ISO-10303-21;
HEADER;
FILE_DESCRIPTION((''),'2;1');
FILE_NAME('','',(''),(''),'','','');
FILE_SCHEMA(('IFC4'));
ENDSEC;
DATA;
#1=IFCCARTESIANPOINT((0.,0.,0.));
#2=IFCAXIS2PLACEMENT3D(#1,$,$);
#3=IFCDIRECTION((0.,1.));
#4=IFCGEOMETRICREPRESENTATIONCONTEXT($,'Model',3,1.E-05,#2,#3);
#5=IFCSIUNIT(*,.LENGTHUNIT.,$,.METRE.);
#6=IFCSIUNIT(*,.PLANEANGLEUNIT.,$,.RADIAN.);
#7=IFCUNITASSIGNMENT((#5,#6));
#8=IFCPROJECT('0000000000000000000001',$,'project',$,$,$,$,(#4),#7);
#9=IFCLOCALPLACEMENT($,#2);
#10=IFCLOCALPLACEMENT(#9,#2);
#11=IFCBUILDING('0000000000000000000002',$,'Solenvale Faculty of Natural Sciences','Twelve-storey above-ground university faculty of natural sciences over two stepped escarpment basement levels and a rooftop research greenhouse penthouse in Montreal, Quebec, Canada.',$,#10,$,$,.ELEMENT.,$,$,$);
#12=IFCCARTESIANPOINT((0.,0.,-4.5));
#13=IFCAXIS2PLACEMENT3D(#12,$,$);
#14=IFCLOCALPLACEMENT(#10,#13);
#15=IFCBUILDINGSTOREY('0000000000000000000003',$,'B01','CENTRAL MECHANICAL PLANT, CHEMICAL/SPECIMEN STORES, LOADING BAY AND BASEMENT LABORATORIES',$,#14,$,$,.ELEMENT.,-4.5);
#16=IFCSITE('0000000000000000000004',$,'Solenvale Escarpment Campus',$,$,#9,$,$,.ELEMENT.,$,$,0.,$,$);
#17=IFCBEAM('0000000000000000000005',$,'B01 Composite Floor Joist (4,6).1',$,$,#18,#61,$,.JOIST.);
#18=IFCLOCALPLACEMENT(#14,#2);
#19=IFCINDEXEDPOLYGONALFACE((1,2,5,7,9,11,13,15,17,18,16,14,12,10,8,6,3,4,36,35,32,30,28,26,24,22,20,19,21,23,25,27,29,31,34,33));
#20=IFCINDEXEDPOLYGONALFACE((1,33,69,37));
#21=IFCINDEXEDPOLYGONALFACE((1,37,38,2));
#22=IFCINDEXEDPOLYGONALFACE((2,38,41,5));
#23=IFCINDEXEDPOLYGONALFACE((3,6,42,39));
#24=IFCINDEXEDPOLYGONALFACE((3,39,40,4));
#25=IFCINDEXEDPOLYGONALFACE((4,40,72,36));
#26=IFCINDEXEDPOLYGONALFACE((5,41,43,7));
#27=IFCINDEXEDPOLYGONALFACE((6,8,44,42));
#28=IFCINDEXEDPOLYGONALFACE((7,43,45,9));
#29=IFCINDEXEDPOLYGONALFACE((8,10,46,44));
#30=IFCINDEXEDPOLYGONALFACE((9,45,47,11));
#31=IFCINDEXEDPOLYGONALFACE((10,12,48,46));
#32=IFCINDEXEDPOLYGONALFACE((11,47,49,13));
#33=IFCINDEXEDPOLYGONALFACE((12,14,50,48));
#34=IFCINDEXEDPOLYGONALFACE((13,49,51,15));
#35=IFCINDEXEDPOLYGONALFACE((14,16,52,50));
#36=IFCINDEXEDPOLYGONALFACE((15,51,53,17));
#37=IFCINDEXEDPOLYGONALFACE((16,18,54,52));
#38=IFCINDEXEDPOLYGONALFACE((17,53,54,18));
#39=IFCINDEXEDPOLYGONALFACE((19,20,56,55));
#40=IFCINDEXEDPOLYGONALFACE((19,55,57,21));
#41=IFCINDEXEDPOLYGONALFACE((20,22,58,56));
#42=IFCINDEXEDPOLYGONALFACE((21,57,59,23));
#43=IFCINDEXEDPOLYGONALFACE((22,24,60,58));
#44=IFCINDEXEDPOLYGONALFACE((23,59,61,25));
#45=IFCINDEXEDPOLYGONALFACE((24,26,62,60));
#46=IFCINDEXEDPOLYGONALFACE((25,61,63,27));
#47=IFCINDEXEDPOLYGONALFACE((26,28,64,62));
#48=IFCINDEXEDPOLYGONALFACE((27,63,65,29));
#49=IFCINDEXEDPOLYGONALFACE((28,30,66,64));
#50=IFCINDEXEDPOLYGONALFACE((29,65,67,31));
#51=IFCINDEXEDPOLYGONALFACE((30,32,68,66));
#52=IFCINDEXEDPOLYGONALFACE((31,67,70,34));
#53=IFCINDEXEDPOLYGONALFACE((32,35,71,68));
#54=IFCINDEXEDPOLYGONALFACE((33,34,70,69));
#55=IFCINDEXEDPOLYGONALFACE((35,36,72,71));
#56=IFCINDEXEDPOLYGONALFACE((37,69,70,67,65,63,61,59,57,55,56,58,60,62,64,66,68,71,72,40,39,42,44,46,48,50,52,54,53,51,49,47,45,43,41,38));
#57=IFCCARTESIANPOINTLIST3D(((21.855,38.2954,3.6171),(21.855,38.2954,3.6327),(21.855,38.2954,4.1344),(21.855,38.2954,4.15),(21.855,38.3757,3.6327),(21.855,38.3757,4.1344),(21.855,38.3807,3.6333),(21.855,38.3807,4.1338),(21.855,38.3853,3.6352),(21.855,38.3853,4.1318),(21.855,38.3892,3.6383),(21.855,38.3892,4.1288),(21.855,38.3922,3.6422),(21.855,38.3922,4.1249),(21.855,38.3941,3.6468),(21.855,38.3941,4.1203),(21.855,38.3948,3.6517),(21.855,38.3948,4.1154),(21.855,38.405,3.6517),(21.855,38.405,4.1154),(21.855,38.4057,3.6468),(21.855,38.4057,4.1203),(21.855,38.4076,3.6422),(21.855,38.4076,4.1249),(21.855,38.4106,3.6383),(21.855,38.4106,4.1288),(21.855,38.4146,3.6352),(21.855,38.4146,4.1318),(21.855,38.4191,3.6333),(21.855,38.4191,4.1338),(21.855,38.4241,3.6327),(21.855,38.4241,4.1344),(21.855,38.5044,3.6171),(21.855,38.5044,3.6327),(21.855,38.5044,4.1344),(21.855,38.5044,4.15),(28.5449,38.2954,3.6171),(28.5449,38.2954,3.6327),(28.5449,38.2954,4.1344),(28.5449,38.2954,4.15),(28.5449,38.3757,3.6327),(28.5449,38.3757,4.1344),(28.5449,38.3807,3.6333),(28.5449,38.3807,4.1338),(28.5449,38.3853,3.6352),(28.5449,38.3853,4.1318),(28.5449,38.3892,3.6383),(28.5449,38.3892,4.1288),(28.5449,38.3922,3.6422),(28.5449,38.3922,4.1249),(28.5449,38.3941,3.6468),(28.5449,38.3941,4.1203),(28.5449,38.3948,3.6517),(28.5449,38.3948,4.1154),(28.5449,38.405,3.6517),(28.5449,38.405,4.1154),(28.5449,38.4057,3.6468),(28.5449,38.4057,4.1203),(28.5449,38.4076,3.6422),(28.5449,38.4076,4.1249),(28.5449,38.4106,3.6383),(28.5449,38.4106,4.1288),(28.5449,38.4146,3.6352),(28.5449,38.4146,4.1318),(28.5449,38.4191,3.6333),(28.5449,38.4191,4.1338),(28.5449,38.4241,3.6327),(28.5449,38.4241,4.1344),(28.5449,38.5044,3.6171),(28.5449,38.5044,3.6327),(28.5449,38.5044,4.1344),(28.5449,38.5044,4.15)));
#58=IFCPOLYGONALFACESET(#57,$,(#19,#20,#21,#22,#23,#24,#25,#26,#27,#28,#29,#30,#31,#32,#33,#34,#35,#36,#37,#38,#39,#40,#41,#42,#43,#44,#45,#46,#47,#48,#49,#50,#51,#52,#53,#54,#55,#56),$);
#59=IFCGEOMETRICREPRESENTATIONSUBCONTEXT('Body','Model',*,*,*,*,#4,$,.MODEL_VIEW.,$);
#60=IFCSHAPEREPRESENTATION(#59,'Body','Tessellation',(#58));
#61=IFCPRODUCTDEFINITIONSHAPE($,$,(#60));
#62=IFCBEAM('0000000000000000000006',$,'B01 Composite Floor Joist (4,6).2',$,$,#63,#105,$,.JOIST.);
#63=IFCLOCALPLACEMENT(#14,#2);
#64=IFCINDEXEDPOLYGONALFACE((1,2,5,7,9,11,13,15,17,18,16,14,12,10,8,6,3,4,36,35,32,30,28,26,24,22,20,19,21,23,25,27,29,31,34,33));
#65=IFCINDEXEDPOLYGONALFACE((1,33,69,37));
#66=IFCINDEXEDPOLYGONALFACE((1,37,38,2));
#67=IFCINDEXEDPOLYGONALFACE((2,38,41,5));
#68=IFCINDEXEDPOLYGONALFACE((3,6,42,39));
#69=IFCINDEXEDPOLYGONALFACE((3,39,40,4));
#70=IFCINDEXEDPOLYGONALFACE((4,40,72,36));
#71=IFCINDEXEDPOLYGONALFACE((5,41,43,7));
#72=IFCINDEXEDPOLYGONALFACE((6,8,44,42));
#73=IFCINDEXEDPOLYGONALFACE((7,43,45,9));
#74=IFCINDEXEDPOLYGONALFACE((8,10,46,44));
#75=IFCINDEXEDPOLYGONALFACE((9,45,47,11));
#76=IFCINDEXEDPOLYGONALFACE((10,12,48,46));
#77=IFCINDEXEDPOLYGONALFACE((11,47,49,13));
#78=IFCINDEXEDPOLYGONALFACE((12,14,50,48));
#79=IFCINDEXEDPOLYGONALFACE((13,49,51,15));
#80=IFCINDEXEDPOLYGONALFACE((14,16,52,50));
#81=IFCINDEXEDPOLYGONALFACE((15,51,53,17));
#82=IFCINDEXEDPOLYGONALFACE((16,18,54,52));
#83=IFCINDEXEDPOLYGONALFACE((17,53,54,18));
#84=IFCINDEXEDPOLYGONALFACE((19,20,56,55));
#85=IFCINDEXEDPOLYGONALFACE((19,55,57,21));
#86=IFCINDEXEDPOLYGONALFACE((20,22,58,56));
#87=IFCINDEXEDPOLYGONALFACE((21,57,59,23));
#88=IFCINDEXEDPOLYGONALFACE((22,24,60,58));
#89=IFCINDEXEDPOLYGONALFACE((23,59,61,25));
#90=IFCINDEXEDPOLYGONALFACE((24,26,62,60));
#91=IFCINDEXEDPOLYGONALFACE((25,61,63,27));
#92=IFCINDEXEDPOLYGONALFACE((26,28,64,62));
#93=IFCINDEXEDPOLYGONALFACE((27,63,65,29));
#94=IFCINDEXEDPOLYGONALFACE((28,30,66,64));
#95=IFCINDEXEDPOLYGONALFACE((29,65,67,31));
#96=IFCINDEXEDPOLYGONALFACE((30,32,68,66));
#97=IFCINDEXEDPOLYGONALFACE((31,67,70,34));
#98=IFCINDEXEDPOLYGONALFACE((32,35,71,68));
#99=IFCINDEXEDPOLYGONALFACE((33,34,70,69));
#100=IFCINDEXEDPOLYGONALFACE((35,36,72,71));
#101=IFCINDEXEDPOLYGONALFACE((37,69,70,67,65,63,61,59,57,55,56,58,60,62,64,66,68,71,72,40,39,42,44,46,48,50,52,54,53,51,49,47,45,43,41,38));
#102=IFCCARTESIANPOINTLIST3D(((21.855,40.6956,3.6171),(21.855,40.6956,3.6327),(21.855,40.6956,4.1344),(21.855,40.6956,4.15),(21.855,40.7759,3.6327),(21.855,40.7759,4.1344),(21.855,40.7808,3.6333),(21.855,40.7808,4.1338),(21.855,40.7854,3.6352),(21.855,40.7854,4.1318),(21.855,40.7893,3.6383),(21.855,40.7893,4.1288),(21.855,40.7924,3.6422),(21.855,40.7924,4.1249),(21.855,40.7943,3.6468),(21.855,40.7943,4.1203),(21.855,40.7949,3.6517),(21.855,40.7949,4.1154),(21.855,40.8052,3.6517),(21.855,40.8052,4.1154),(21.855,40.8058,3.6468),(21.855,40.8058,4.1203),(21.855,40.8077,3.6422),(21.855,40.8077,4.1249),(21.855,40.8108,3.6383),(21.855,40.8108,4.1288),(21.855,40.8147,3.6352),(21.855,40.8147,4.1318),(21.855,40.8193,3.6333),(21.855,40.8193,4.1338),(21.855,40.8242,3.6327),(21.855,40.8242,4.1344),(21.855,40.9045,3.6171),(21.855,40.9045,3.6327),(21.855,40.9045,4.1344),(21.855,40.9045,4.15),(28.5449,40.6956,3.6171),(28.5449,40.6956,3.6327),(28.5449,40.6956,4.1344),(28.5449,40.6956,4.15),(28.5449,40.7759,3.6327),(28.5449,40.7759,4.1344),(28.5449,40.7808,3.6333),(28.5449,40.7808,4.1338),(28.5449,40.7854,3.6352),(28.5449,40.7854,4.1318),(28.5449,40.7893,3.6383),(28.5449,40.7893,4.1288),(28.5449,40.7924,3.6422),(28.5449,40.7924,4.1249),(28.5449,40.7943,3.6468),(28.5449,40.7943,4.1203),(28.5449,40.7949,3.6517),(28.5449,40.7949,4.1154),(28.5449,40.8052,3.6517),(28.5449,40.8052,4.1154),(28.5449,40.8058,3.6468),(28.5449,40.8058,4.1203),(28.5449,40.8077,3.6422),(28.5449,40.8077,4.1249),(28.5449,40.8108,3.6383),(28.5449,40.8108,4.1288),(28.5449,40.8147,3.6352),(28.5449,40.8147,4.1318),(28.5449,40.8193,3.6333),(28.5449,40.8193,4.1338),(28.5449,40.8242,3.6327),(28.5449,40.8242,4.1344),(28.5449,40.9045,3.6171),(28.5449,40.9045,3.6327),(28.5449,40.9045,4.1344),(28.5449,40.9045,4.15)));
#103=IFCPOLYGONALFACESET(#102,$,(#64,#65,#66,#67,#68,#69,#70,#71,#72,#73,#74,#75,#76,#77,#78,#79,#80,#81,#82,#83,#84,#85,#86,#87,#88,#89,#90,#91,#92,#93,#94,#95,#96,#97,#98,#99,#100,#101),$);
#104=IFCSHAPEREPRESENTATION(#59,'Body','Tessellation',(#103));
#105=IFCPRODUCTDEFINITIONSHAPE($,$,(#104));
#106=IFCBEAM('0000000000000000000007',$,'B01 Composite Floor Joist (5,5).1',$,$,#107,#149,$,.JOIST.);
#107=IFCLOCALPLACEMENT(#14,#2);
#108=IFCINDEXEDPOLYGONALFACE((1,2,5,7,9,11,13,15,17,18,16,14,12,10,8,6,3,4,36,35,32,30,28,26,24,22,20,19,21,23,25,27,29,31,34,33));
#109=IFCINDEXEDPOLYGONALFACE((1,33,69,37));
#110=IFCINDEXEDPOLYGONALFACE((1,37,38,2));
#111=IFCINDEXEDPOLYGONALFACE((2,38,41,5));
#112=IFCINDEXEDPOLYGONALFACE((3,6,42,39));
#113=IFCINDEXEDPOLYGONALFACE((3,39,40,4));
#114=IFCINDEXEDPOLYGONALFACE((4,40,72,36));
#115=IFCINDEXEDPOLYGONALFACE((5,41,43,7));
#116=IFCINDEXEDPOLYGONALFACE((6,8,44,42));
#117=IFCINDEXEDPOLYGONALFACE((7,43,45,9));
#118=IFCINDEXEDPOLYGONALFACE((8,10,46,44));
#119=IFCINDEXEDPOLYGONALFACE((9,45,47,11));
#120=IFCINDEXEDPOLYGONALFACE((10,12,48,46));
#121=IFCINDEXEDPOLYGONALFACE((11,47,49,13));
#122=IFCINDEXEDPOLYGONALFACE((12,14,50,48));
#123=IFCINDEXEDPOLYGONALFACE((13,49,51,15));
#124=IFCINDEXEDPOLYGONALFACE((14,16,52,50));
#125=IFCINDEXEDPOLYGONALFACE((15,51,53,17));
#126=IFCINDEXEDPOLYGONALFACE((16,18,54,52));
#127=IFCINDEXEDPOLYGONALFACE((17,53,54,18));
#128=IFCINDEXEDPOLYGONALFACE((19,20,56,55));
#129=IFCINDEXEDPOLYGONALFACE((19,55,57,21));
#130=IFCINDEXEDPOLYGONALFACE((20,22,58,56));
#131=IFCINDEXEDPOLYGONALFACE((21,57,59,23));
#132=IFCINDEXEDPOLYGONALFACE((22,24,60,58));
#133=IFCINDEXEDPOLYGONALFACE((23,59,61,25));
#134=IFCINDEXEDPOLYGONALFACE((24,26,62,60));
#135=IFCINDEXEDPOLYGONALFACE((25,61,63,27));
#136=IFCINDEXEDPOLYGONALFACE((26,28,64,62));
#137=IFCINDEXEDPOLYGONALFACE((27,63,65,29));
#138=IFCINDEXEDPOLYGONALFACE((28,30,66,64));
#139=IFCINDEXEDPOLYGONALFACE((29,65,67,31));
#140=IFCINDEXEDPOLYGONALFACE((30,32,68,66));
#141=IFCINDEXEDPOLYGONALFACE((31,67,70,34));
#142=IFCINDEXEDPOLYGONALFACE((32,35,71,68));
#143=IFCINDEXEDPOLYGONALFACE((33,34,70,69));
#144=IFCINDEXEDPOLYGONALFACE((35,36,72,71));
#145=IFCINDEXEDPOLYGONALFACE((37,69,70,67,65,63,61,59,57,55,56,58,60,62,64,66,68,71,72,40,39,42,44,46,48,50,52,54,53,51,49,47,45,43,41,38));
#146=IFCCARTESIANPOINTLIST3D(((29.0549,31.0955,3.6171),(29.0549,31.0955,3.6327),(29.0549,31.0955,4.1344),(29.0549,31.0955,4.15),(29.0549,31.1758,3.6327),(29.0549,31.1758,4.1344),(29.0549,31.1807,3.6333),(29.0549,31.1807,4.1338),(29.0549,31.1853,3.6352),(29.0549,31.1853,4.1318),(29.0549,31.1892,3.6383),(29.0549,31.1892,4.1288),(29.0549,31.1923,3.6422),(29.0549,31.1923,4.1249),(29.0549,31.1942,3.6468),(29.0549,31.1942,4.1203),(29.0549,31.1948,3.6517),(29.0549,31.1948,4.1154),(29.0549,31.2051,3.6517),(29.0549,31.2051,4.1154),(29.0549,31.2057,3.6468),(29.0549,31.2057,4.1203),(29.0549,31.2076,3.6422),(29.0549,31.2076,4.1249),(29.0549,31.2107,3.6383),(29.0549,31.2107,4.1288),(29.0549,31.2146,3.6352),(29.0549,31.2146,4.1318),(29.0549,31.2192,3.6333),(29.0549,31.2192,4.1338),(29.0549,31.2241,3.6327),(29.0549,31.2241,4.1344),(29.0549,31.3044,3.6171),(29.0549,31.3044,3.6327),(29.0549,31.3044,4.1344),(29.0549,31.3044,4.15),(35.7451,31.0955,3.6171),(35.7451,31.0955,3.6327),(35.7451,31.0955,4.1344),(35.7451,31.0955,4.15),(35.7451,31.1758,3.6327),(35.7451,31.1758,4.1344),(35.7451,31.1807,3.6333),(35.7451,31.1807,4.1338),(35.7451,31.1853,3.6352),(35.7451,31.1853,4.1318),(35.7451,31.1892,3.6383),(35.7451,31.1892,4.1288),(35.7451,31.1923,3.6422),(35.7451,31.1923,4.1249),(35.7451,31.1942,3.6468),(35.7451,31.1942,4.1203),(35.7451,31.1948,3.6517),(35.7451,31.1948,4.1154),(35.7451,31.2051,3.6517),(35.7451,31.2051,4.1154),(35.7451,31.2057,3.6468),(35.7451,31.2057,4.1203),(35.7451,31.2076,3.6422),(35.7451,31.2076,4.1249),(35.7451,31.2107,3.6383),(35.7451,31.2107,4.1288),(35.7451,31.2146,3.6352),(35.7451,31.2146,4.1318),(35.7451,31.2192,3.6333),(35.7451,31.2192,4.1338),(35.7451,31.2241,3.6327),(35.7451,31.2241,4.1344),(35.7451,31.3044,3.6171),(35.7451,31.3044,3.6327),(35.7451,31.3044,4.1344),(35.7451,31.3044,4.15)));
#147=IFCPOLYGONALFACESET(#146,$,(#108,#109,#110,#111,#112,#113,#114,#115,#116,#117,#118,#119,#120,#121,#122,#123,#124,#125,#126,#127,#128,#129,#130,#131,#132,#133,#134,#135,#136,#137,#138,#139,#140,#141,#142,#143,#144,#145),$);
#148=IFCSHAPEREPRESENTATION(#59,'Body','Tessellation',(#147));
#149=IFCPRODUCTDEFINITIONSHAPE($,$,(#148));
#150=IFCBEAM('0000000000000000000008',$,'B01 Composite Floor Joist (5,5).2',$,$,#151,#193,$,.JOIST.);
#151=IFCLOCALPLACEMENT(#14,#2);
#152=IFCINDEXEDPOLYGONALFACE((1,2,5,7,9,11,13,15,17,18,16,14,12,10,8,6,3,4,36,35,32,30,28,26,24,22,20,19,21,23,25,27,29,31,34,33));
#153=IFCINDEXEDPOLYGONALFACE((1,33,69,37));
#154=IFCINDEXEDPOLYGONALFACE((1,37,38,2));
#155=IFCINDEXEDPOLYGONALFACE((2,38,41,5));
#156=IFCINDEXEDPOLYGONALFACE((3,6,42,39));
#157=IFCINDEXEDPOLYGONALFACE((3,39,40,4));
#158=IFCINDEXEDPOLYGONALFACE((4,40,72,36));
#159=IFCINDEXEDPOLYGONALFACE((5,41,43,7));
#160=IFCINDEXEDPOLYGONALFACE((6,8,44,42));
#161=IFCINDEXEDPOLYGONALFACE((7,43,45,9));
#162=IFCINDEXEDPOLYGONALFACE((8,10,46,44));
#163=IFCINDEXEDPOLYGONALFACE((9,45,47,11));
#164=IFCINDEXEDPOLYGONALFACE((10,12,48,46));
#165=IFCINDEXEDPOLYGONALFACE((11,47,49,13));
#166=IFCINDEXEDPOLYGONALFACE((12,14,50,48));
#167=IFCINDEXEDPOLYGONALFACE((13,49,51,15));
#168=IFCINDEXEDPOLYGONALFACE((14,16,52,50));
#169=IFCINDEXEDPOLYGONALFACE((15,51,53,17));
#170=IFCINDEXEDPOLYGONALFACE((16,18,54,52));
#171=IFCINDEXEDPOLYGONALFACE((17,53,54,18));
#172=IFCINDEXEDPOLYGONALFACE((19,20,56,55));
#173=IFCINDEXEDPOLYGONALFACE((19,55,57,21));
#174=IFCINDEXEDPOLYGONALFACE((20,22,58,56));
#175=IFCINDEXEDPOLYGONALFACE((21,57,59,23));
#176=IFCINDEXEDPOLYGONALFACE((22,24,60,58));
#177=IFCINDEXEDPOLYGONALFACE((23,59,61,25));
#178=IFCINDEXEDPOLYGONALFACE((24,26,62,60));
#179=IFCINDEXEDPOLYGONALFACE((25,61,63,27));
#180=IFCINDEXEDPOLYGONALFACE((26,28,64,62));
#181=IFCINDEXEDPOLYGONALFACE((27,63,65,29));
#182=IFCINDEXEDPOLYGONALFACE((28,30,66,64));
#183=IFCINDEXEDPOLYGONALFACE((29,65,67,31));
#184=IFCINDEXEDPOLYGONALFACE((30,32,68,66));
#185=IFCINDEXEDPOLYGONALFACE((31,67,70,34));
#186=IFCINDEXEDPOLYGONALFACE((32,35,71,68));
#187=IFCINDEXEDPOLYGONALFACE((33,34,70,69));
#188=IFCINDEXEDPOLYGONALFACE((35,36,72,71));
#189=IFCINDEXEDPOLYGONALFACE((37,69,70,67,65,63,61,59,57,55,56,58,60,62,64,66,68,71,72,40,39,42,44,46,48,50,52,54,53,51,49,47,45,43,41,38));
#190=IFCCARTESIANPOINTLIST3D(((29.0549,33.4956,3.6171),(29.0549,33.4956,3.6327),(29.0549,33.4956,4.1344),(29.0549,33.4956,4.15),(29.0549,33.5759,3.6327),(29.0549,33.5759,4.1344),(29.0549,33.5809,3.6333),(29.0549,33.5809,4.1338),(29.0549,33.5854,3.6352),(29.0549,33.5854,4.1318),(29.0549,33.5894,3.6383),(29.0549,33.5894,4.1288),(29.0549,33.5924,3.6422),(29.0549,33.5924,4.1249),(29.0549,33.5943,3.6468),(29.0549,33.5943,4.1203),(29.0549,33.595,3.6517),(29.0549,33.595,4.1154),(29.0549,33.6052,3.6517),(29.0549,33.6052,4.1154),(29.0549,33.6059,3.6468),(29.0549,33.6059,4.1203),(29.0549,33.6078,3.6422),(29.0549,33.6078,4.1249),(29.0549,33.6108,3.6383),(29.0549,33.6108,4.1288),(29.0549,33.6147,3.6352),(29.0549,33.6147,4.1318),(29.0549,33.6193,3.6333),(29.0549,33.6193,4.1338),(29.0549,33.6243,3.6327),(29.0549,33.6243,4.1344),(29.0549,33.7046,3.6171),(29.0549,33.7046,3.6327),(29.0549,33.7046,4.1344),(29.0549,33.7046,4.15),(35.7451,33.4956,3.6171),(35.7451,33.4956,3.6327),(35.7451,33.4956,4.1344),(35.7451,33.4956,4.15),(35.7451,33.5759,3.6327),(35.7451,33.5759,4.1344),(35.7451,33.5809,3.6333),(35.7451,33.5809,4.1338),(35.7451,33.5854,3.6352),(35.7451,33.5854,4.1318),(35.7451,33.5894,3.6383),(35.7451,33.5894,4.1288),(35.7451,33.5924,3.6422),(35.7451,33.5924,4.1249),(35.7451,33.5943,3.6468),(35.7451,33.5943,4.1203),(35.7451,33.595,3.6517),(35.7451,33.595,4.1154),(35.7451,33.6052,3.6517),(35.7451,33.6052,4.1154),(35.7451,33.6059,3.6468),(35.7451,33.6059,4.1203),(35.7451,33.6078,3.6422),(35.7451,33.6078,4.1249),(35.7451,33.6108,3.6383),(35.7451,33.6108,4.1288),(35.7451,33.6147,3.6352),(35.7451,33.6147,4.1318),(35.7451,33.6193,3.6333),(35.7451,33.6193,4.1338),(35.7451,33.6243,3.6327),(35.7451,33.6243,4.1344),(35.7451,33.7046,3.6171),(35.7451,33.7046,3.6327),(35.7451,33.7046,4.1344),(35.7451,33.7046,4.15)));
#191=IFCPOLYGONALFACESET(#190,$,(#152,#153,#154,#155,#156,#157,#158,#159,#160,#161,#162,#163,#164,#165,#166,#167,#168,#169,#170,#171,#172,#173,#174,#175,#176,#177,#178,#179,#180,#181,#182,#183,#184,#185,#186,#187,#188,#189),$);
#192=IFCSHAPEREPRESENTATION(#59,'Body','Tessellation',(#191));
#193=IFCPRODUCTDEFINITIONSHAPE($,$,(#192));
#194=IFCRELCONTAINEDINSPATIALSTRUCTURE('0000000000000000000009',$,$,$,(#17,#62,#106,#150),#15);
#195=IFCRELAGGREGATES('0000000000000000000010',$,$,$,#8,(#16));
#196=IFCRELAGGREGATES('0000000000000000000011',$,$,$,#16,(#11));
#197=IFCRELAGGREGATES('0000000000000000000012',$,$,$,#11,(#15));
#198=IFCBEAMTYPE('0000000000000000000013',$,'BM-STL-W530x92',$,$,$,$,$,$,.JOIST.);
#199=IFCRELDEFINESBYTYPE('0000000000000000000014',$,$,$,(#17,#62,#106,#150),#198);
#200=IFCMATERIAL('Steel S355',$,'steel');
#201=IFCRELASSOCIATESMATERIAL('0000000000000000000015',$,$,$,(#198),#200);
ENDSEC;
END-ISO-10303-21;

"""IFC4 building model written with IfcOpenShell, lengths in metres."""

from ifc_helpers import new_model, si_unit, direction, frame, origin, origin_2d, place, context, subcontext, project, spatial, i_section, extrude, material, material_profile, profile_set, type_object, element, save


model = new_model("IFC4")

# Units and contexts
model_context = context("Model", 3, precision=1e-05, world=origin(), true_north=direction((0.0, 1.0)))
body_context = subcontext(model_context, "Body", "Model", "MODEL_VIEW")
ifc_project = project(units=[si_unit("LENGTHUNIT", "METRE"), si_unit("PLANEANGLEUNIT", "RADIAN")], contexts=[model_context])

# Site, building, storey
site_placement = place(None, origin())
site = spatial("IfcSite", under=ifc_project, at=site_placement, Name="Solenvale Escarpment Campus", CompositionType="ELEMENT", RefElevation=0.0)
building_placement = place(site_placement, origin())
building = spatial("IfcBuilding", under=site, at=building_placement, Name="Solenvale Faculty of Natural Sciences", Description="Twelve-storey above-ground university faculty of natural sciences over two stepped escarpment basement levels and a rooftop research greenhouse penthouse in Montreal, Quebec, Canada.", CompositionType="ELEMENT")
storey_placement = place(building_placement, frame((0.0, 0.0, -4.5)))
storey = spatial("IfcBuildingStorey", under=building, at=storey_placement, Name="B01", Description="CENTRAL MECHANICAL PLANT, CHEMICAL/SPECIMEN STORES, LOADING BAY AND BASEMENT LABORATORIES", CompositionType="ELEMENT", Elevation=-4.5)

# Beams
ifc_material_1 = material(Name="Steel S355", Category="steel")
ifc_material_profile_1 = material_profile(ifc_material_1, i_section(OverallWidth=0.209, OverallDepth=0.533, WebThickness=0.0103, FlangeThickness=0.0156, FilletRadius=0.019, at=origin_2d()), Name="W530x92")
ifc_profile_set_1 = profile_set([ifc_material_profile_1], Name="Steel S355")
beam_type_1 = type_object("IfcBeamType", Name="BM-STL-W530x92", PredefinedType="JOIST", material=ifc_profile_set_1)
for number, where, z_axis, x_axis, name in (
    (1, (21.855, 38.3999, 3.8835), (1.0, 0.0, 0.0), (0.0, 1.0, 0.0), "B01 Composite Floor Joist (4,6).1"),
    (2, (21.855, 40.8, 3.8835), (1.0, 0.0, 0.0), (0.0, 1.0, 0.0), "B01 Composite Floor Joist (4,6).2"),
):
    element("IfcBeam", number, at=place(storey_placement, frame(where, z_axis=z_axis, x_axis=x_axis)), inside=storey, type_object=beam_type_1, Name=name, PredefinedType="JOIST", context=body_context, shape_type="SweptSolid", body=[
        extrude(i_section(OverallWidth=0.209, OverallDepth=0.533, WebThickness=0.0103, FlangeThickness=0.0156, FilletRadius=0.019, at=origin_2d()), origin(), (0.0, 0.0, 1.0), 6.6899),
    ])
for number, where, z_axis, x_axis, name in (
    (3, (29.0549, 31.2, 3.8835), (1.0, 0.0, 0.0), (0.0, 1.0, 0.0), "B01 Composite Floor Joist (5,5).1"),
    (4, (29.0549, 33.6001, 3.8835), (1.0, 0.0, 0.0), (0.0, 1.0, 0.0), "B01 Composite Floor Joist (5,5).2"),
):
    element("IfcBeam", number, at=place(storey_placement, frame(where, z_axis=z_axis, x_axis=x_axis)), inside=storey, type_object=beam_type_1, Name=name, PredefinedType="JOIST", context=body_context, shape_type="SweptSolid", body=[
        extrude(i_section(OverallWidth=0.209, OverallDepth=0.533, WebThickness=0.0103, FlangeThickness=0.0156, FilletRadius=0.019, at=origin_2d()), origin(), (0.0, 0.0, 1.0), 6.6902),
    ])

save(model, "model.ifc")
